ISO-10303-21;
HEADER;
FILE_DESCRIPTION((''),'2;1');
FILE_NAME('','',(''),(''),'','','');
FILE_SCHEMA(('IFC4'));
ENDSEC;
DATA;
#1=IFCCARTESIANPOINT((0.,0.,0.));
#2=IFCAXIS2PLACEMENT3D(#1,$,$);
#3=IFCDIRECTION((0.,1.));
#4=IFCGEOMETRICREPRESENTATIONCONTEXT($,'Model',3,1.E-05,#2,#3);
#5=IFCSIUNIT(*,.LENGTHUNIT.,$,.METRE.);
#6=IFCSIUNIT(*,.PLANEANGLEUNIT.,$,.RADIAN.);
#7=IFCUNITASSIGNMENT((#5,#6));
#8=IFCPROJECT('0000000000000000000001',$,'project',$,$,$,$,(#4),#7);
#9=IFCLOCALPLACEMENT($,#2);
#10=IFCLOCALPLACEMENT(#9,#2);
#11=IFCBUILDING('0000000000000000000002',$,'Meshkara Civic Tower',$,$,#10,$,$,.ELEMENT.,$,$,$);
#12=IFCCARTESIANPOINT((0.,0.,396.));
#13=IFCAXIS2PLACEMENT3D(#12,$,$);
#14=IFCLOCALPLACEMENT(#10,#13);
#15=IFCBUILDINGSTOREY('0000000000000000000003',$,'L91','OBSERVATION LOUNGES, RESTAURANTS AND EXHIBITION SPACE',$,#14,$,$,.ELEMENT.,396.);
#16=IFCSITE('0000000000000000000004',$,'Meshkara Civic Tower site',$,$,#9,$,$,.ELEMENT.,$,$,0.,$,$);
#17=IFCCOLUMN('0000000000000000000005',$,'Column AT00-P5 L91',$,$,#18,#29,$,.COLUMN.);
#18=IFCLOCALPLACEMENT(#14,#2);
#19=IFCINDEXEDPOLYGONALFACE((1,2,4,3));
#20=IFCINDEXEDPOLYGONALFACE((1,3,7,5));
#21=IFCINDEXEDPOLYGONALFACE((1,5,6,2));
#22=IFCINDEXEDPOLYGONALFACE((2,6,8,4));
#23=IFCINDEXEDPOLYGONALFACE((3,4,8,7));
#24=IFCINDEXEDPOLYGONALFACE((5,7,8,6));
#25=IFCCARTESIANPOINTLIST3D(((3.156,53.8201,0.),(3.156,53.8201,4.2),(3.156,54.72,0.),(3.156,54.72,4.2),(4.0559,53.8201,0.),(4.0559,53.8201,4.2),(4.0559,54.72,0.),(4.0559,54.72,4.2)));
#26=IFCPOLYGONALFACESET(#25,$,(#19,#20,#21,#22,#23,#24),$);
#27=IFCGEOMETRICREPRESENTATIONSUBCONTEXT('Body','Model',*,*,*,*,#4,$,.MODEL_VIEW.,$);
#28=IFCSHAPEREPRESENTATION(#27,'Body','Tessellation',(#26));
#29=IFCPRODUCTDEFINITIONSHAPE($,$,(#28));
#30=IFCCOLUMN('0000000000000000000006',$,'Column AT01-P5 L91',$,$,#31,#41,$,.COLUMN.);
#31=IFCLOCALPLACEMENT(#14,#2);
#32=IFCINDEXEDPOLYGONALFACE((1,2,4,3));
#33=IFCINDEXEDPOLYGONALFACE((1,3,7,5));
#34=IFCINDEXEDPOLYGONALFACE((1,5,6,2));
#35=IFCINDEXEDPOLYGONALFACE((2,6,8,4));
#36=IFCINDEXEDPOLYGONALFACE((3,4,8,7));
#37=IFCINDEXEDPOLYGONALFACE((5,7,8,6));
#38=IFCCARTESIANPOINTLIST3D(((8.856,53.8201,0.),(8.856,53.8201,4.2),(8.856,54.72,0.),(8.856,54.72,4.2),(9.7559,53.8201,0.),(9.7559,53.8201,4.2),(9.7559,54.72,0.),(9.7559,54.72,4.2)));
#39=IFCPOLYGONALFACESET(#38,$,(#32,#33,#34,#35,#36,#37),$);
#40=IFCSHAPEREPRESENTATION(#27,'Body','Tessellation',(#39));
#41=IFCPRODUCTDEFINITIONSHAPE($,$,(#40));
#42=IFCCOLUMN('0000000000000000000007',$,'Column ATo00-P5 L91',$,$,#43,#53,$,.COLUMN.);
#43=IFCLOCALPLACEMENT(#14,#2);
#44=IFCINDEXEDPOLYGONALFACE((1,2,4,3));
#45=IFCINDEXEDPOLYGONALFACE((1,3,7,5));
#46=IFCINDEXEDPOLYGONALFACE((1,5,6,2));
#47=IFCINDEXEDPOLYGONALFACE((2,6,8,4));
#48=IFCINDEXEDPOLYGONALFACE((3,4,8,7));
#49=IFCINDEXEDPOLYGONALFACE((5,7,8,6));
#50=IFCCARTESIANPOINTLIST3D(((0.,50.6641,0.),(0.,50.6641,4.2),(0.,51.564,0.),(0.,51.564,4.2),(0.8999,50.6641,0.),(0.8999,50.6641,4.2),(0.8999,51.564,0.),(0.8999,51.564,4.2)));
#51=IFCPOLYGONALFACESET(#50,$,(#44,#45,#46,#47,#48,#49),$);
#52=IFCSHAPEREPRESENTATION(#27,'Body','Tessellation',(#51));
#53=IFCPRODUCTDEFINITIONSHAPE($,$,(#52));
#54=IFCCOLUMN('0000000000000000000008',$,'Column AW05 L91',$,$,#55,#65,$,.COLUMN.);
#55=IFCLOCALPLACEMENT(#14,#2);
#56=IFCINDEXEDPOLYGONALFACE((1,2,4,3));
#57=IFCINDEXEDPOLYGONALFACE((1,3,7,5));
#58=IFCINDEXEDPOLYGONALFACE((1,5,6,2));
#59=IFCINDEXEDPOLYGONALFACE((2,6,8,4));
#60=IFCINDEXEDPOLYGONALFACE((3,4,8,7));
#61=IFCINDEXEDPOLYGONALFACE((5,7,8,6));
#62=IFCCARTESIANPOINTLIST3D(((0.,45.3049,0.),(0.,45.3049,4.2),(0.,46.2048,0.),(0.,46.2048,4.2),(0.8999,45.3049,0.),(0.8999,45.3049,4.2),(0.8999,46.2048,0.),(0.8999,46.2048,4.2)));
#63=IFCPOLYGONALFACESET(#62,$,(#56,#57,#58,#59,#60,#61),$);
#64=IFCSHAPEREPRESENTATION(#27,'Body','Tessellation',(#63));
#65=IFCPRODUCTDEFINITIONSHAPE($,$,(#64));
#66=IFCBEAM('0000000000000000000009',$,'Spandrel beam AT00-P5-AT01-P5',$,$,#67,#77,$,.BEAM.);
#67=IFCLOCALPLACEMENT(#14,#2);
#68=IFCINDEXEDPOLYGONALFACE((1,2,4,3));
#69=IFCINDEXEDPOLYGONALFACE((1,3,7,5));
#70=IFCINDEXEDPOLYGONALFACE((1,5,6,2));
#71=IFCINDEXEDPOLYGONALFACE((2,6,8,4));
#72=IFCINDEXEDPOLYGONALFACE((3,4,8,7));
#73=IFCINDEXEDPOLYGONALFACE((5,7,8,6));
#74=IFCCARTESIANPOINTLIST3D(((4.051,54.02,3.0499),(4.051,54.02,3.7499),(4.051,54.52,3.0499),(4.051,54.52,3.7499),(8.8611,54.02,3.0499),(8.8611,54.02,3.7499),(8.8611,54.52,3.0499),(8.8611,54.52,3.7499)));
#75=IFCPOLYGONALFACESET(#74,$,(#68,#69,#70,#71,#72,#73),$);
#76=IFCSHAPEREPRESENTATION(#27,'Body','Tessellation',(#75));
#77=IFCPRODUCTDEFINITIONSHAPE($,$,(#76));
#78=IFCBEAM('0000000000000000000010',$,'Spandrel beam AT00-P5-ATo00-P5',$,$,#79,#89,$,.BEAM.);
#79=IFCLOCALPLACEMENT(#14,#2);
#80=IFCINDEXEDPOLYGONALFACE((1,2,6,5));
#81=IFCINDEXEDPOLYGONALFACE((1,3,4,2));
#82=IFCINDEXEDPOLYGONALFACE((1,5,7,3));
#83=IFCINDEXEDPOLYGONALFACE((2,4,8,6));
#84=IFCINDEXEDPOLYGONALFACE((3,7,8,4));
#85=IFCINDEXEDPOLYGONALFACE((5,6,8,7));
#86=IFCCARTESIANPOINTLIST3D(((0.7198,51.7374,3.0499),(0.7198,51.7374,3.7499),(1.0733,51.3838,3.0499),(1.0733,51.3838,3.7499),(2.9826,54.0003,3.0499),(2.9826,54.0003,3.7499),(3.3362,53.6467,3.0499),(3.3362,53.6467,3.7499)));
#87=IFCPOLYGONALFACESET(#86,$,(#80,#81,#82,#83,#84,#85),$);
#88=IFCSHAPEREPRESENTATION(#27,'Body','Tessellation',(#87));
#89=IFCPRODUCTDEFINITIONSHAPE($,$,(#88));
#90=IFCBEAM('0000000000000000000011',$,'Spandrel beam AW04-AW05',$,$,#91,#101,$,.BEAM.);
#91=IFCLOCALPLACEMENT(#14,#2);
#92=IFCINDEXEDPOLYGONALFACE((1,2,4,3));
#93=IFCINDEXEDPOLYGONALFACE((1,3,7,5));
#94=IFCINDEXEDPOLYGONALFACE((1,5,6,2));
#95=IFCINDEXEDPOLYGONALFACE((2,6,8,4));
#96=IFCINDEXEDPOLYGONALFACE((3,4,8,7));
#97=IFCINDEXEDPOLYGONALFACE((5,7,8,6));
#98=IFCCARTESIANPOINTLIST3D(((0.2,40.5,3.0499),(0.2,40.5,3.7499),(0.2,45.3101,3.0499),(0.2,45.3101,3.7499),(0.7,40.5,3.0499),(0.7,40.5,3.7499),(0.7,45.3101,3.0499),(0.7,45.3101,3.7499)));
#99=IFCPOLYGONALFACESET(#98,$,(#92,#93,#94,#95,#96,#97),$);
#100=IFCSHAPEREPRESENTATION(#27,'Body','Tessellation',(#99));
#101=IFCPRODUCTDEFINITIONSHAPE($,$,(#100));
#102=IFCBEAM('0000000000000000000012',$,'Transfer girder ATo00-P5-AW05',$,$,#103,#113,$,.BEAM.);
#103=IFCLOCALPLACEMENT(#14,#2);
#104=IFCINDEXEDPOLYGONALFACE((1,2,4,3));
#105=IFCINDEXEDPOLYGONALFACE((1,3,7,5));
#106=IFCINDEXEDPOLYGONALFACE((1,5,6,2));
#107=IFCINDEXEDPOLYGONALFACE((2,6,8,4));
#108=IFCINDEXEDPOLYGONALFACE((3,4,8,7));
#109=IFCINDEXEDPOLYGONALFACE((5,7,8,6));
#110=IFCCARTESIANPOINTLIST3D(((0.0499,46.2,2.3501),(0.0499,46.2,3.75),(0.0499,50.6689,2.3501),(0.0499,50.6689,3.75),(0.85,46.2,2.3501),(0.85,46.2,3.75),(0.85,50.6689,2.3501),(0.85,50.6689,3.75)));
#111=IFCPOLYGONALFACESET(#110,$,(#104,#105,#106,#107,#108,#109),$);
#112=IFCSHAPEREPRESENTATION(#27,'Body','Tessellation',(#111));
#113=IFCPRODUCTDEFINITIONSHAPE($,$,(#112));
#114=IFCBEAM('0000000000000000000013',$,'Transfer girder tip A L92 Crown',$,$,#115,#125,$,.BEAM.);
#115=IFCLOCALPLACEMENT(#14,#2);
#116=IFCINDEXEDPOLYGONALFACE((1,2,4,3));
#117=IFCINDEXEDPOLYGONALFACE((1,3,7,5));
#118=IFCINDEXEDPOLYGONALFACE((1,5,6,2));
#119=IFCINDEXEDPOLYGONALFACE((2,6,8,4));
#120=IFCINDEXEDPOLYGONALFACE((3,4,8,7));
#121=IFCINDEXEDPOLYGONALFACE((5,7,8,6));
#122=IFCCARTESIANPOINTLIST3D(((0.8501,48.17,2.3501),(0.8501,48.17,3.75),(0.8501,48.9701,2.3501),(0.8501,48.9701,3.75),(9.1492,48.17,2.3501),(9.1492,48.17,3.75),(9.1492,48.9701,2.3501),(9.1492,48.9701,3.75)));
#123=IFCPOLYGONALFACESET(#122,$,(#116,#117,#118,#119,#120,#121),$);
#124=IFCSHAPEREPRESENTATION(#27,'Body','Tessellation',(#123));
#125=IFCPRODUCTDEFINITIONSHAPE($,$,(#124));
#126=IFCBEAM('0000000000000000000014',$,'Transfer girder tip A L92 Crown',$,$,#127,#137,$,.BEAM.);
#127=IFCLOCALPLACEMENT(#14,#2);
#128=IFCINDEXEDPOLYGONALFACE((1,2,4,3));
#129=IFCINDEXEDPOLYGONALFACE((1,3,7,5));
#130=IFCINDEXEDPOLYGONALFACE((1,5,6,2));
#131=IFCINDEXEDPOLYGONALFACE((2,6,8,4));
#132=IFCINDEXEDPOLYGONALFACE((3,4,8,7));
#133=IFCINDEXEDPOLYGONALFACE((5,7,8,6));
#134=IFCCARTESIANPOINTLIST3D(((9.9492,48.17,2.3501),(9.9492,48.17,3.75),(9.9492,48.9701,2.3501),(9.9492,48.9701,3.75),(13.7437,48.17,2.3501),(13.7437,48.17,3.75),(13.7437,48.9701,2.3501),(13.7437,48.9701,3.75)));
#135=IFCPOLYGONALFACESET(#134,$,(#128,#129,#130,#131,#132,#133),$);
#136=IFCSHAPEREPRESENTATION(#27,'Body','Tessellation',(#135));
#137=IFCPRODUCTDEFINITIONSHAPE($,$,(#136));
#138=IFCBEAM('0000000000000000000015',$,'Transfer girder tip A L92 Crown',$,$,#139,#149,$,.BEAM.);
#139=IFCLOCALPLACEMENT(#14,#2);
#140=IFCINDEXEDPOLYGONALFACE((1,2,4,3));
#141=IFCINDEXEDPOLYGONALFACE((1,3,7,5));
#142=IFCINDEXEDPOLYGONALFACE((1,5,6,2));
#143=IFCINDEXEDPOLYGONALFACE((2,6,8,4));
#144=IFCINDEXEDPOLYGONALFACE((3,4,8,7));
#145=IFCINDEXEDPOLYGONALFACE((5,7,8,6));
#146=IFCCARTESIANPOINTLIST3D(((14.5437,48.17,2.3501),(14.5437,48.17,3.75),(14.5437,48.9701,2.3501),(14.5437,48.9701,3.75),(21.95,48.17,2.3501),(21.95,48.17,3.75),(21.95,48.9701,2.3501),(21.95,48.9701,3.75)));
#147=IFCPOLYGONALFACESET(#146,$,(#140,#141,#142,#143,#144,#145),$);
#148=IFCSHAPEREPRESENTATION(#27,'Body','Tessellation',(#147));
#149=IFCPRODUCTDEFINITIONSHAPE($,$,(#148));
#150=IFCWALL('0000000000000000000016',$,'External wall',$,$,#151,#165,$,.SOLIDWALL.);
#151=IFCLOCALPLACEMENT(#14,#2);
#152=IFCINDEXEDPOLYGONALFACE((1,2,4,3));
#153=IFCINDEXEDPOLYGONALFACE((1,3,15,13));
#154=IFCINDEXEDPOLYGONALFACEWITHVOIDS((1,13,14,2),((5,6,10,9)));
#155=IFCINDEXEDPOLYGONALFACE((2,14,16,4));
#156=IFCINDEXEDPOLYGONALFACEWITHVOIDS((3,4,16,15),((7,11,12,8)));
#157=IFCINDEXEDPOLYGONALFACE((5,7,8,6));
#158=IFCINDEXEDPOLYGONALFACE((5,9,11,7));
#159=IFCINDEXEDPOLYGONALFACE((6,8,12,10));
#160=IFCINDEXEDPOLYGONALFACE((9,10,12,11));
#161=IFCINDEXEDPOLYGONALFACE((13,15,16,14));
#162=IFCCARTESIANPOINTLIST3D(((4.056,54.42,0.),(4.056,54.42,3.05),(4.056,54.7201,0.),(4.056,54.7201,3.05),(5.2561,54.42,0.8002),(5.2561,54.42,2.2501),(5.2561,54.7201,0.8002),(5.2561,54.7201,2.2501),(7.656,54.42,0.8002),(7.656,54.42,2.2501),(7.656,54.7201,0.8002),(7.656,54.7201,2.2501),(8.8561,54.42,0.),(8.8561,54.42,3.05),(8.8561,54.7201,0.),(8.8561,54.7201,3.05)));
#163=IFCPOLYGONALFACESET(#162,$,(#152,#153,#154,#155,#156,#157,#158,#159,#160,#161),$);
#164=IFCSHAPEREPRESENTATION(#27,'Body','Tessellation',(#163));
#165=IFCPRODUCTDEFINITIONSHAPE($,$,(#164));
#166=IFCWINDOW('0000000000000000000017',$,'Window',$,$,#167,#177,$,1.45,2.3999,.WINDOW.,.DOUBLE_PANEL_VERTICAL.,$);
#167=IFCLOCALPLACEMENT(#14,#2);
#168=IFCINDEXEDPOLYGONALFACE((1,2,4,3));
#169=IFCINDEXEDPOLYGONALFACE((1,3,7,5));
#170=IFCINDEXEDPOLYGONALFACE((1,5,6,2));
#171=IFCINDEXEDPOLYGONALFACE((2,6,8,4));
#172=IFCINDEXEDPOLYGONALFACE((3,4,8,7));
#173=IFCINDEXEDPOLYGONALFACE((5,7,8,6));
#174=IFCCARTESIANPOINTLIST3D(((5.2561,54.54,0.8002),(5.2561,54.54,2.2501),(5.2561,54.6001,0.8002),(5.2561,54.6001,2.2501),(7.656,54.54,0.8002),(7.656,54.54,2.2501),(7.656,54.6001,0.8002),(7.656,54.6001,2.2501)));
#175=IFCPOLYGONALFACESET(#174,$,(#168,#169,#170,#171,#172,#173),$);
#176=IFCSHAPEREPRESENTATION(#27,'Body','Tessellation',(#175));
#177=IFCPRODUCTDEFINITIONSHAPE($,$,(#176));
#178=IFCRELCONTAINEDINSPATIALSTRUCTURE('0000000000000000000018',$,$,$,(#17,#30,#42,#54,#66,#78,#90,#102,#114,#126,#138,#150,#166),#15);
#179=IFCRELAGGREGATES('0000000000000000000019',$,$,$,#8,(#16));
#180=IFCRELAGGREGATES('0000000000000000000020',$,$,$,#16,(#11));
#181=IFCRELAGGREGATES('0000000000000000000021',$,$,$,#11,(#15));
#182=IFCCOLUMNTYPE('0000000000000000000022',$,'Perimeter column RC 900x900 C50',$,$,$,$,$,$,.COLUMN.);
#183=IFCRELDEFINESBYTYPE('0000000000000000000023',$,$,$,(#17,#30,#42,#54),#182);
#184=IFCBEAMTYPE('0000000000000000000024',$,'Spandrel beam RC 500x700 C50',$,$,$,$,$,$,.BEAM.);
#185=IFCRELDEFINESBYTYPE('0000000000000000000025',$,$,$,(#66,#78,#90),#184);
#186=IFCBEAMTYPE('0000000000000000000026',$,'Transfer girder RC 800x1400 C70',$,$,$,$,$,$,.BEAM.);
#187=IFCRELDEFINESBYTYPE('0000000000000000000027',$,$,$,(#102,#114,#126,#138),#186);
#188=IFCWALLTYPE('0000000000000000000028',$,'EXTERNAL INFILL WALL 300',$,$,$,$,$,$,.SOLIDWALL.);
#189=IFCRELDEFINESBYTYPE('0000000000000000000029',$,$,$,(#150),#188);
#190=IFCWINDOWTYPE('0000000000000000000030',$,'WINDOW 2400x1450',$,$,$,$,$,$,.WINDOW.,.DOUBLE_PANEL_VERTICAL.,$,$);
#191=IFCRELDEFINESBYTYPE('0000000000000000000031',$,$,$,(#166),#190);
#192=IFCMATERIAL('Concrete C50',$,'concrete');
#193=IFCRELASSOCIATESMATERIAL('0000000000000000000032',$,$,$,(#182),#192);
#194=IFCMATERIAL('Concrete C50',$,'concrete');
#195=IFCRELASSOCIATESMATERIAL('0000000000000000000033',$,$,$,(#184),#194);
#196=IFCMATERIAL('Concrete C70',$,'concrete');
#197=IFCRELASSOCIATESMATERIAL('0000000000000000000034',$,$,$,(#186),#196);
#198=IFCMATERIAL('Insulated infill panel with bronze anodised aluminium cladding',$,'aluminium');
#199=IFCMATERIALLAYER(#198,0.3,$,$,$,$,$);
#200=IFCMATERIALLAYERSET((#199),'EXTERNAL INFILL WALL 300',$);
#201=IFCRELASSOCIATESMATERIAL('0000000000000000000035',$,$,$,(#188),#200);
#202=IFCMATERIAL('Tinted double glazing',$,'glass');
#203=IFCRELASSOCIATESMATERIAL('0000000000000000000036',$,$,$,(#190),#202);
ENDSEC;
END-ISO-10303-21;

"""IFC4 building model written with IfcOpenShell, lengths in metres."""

from ifc_helpers import new_model, si_unit, direction, frame, frame_2d, origin, origin_2d, place, context, subcontext, project, spatial, rectangle, extrude, material, layer, layer_set, material_profile, profile_set, type_object, element, fill, save


model = new_model("IFC4")

# Units and contexts
model_context = context("Model", 3, precision=1e-05, world=origin(), true_north=direction((0.0, 1.0)))
body_context = subcontext(model_context, "Body", "Model", "MODEL_VIEW")
ifc_project = project(units=[si_unit("LENGTHUNIT", "METRE"), si_unit("PLANEANGLEUNIT", "RADIAN")], contexts=[model_context])

# Site, building, storey
site_placement = place(None, origin())
site = spatial("IfcSite", under=ifc_project, at=site_placement, Name="Meshkara Civic Tower site", CompositionType="ELEMENT", RefElevation=0.0)
building_placement = place(site_placement, origin())
building = spatial("IfcBuilding", under=site, at=building_placement, Name="Meshkara Civic Tower", CompositionType="ELEMENT")
storey_placement = place(building_placement, frame((0.0, 0.0, 396.0)))
storey = spatial("IfcBuildingStorey", under=building, at=storey_placement, Name="L91", Description="OBSERVATION LOUNGES, RESTAURANTS AND EXHIBITION SPACE", CompositionType="ELEMENT", Elevation=396.0)

# Columns
ifc_material_1 = material(Name="Concrete C50", Category="concrete")
ifc_material_profile_1 = material_profile(ifc_material_1, rectangle(XDim=0.8999, YDim=0.8999, at=origin_2d()))
ifc_profile_set_1 = profile_set([ifc_material_profile_1], Name="Concrete C50")
column_type = type_object("IfcColumnType", Name="Perimeter column RC 900x900 C50", PredefinedType="COLUMN", material=ifc_profile_set_1)
for number, where, z_axis, x_axis, name in (
    (1, (3.606, 54.27, 0.0), (0.0, 0.0, 1.0), (1.0, 0.0, 0.0), "Column AT00-P5 L91"),
    (2, (9.3059, 54.27, 0.0), (0.0, 0.0, 1.0), (1.0, 0.0, 0.0), "Column AT01-P5 L91"),
    (3, (0.45, 51.114, 0.0), (0.0, 0.0, 1.0), (1.0, 0.0, 0.0), "Column ATo00-P5 L91"),
    (4, (0.45, 45.7549, 0.0), (0.0, 0.0, 1.0), (1.0, 0.0, 0.0), "Column AW05 L91"),
):
    element("IfcColumn", number, at=place(storey_placement, frame(where, z_axis=z_axis, x_axis=x_axis)), inside=storey, type_object=column_type, Name=name, PredefinedType="COLUMN", context=body_context, shape_type="SweptSolid", body=[
        extrude(rectangle(XDim=0.8999, YDim=0.8999, at=origin_2d()), origin(), (0.0, 0.0, 1.0), 4.2),
    ])

# Beams
ifc_material_2 = material(Name="Concrete C50", Category="concrete")
ifc_material_profile_2 = material_profile(ifc_material_2, rectangle(XDim=0.5, YDim=0.7, at=origin_2d()))
ifc_profile_set_2 = profile_set([ifc_material_profile_2], Name="Concrete C50")
beam_type_1 = type_object("IfcBeamType", Name="Spandrel beam RC 500x700 C50", PredefinedType="BEAM", material=ifc_profile_set_2)
beam_1_placement = place(storey_placement, frame((8.8611, 54.27, 3.3999), z_axis=(-1.0, 0.0, 0.0), x_axis=(0.0, -1.0, 0.0)))
element("IfcBeam", 5, at=beam_1_placement, inside=storey, type_object=beam_type_1, Name="Spandrel beam AT00-P5-AT01-P5", PredefinedType="BEAM", context=body_context, shape_type="SweptSolid", body=[
    extrude(rectangle(XDim=0.5, YDim=0.7, at=origin_2d()), origin(), (0.0, 0.0, 1.0), 4.8101),
])
beam_2_placement = place(storey_placement, frame((3.1594, 53.8235, 3.3999), z_axis=(-0.707107, -0.707107, 0.0), x_axis=(0.707107, -0.707107, 0.0)))
element("IfcBeam", 6, at=beam_2_placement, inside=storey, type_object=beam_type_1, Name="Spandrel beam AT00-P5-ATo00-P5", PredefinedType="BEAM", context=body_context, shape_type="SweptSolid", body=[
    extrude(rectangle(XDim=0.5, YDim=0.7, at=origin_2d()), origin(), (0.0, 0.0, 1.0), 3.2002),
])
beam_3_placement = place(storey_placement, frame((0.45, 45.3101, 3.3999), z_axis=(0.0, -1.0, 0.0), x_axis=(1.0, 0.0, 0.0)))
element("IfcBeam", 7, at=beam_3_placement, inside=storey, type_object=beam_type_1, Name="Spandrel beam AW04-AW05", PredefinedType="BEAM", context=body_context, shape_type="SweptSolid", body=[
    extrude(rectangle(XDim=0.5, YDim=0.7, at=origin_2d()), origin(), (0.0, 0.0, 1.0), 4.8101),
])
ifc_material_3 = material(Name="Concrete C70", Category="concrete")
ifc_material_profile_3 = material_profile(ifc_material_3, rectangle(XDim=0.8, YDim=1.3999, at=origin_2d()))
ifc_profile_set_3 = profile_set([ifc_material_profile_3], Name="Concrete C70")
beam_type_2 = type_object("IfcBeamType", Name="Transfer girder RC 800x1400 C70", PredefinedType="BEAM", material=ifc_profile_set_3)
beam_4_placement = place(storey_placement, frame((0.45, 46.2, 3.05), z_axis=(0.0, 1.0, 0.0), x_axis=(-1.0, 0.0, 0.0)))
element("IfcBeam", 8, at=beam_4_placement, inside=storey, type_object=beam_type_2, Name="Transfer girder ATo00-P5-AW05", PredefinedType="BEAM", context=body_context, shape_type="SweptSolid", body=[
    extrude(rectangle(XDim=0.8, YDim=1.3999, at=origin_2d()), origin(), (0.0, 0.0, 1.0), 4.469),
])
beam_5_placement = place(storey_placement, frame((0.8501, 48.5701, 3.05), z_axis=(1.0, 0.0, 0.0), x_axis=(0.0, 1.0, 0.0)))
element("IfcBeam", 9, at=beam_5_placement, inside=storey, type_object=beam_type_2, Name="Transfer girder tip A L92 Crown", PredefinedType="BEAM", context=body_context, shape_type="SweptSolid", body=[
    extrude(rectangle(XDim=0.8, YDim=1.3999, at=origin_2d()), origin(), (0.0, 0.0, 1.0), 8.2991),
])
beam_6_placement = place(storey_placement, frame((9.9492, 48.5701, 3.05), z_axis=(1.0, 0.0, 0.0), x_axis=(0.0, 1.0, 0.0)))
element("IfcBeam", 10, at=beam_6_placement, inside=storey, type_object=beam_type_2, Name="Transfer girder tip A L92 Crown", PredefinedType="BEAM", context=body_context, shape_type="SweptSolid", body=[
    extrude(rectangle(XDim=0.8, YDim=1.3999, at=origin_2d()), origin(), (0.0, 0.0, 1.0), 3.7944),
])
beam_7_placement = place(storey_placement, frame((14.5437, 48.5701, 3.05), z_axis=(1.0, 0.0, 0.0), x_axis=(0.0, 1.0, 0.0)))
element("IfcBeam", 11, at=beam_7_placement, inside=storey, type_object=beam_type_2, Name="Transfer girder tip A L92 Crown", PredefinedType="BEAM", context=body_context, shape_type="SweptSolid", body=[
    extrude(rectangle(XDim=0.8, YDim=1.3999, at=origin_2d()), origin(), (0.0, 0.0, 1.0), 7.4062),
])

# Wall, opening, window
ifc_material_4 = material(Name="Insulated infill panel with bronze anodised aluminium cladding", Category="aluminium")
ifc_layer_1 = layer(ifc_material_4, 0.3)
ifc_layer_set_1 = layer_set([ifc_layer_1], Name="EXTERNAL INFILL WALL 300")
wall_type_1 = type_object("IfcWallType", Name="EXTERNAL INFILL WALL 300", PredefinedType="SOLIDWALL", material=ifc_layer_set_1)
wall_1_placement = place(storey_placement, frame((8.856, 54.5701, 0.0), z_axis=(0.0, 0.0, 1.0), x_axis=(-1.0, 0.0, 0.0)))
wall_1 = element("IfcWall", 12, at=wall_1_placement, inside=storey, type_object=wall_type_1, Name="External wall", PredefinedType="SOLIDWALL", context=body_context, shape_type="SweptSolid", body=[
    extrude(rectangle(XDim=4.8, YDim=0.3, at=frame_2d((2.3999, 0.0))), origin(), (0.0, 0.0, 1.0), 3.05),
])
opening_1_placement = place(wall_1_placement, frame((1.2, 0.0, 0.8)))
opening_1 = element("IfcOpeningElement", 13, at=opening_1_placement, cuts=wall_1, PredefinedType="OPENING", context=body_context, shape_type="SweptSolid", body=[
    extrude(rectangle(XDim=2.3999, YDim=1.45, at=frame_2d((1.2, 0.7251))), frame((0.0, 0.1599, 0.0), z_axis=(0.0, -1.0, 0.0), x_axis=(1.0, 0.0, 0.0)), (0.0, 0.0, 1.0), 0.3201),
])
ifc_material_5 = material(Name="Tinted double glazing", Category="glass")
window_type = type_object("IfcWindowType", Name="WINDOW 2400x1450", PartitioningType="DOUBLE_PANEL_VERTICAL", PredefinedType="WINDOW", material=ifc_material_5)
window_1_placement = place(opening_1_placement, origin())
window_1 = element("IfcWindow", 14, at=window_1_placement, inside=storey, type_object=window_type, Name="Window", OverallHeight=1.45, OverallWidth=2.3999, PartitioningType="DOUBLE_PANEL_VERTICAL", PredefinedType="WINDOW", context=body_context, shape_type="SweptSolid", body=[
    extrude(rectangle(XDim=2.3999, YDim=1.45, at=frame_2d((1.2, 0.7251))), frame((0.0, 0.03, 0.0), z_axis=(0.0, -1.0, 0.0), x_axis=(1.0, 0.0, 0.0)), (0.0, 0.0, 1.0), 0.0601),
])
fill(opening_1, window_1)

save(model, "model.ifc")
